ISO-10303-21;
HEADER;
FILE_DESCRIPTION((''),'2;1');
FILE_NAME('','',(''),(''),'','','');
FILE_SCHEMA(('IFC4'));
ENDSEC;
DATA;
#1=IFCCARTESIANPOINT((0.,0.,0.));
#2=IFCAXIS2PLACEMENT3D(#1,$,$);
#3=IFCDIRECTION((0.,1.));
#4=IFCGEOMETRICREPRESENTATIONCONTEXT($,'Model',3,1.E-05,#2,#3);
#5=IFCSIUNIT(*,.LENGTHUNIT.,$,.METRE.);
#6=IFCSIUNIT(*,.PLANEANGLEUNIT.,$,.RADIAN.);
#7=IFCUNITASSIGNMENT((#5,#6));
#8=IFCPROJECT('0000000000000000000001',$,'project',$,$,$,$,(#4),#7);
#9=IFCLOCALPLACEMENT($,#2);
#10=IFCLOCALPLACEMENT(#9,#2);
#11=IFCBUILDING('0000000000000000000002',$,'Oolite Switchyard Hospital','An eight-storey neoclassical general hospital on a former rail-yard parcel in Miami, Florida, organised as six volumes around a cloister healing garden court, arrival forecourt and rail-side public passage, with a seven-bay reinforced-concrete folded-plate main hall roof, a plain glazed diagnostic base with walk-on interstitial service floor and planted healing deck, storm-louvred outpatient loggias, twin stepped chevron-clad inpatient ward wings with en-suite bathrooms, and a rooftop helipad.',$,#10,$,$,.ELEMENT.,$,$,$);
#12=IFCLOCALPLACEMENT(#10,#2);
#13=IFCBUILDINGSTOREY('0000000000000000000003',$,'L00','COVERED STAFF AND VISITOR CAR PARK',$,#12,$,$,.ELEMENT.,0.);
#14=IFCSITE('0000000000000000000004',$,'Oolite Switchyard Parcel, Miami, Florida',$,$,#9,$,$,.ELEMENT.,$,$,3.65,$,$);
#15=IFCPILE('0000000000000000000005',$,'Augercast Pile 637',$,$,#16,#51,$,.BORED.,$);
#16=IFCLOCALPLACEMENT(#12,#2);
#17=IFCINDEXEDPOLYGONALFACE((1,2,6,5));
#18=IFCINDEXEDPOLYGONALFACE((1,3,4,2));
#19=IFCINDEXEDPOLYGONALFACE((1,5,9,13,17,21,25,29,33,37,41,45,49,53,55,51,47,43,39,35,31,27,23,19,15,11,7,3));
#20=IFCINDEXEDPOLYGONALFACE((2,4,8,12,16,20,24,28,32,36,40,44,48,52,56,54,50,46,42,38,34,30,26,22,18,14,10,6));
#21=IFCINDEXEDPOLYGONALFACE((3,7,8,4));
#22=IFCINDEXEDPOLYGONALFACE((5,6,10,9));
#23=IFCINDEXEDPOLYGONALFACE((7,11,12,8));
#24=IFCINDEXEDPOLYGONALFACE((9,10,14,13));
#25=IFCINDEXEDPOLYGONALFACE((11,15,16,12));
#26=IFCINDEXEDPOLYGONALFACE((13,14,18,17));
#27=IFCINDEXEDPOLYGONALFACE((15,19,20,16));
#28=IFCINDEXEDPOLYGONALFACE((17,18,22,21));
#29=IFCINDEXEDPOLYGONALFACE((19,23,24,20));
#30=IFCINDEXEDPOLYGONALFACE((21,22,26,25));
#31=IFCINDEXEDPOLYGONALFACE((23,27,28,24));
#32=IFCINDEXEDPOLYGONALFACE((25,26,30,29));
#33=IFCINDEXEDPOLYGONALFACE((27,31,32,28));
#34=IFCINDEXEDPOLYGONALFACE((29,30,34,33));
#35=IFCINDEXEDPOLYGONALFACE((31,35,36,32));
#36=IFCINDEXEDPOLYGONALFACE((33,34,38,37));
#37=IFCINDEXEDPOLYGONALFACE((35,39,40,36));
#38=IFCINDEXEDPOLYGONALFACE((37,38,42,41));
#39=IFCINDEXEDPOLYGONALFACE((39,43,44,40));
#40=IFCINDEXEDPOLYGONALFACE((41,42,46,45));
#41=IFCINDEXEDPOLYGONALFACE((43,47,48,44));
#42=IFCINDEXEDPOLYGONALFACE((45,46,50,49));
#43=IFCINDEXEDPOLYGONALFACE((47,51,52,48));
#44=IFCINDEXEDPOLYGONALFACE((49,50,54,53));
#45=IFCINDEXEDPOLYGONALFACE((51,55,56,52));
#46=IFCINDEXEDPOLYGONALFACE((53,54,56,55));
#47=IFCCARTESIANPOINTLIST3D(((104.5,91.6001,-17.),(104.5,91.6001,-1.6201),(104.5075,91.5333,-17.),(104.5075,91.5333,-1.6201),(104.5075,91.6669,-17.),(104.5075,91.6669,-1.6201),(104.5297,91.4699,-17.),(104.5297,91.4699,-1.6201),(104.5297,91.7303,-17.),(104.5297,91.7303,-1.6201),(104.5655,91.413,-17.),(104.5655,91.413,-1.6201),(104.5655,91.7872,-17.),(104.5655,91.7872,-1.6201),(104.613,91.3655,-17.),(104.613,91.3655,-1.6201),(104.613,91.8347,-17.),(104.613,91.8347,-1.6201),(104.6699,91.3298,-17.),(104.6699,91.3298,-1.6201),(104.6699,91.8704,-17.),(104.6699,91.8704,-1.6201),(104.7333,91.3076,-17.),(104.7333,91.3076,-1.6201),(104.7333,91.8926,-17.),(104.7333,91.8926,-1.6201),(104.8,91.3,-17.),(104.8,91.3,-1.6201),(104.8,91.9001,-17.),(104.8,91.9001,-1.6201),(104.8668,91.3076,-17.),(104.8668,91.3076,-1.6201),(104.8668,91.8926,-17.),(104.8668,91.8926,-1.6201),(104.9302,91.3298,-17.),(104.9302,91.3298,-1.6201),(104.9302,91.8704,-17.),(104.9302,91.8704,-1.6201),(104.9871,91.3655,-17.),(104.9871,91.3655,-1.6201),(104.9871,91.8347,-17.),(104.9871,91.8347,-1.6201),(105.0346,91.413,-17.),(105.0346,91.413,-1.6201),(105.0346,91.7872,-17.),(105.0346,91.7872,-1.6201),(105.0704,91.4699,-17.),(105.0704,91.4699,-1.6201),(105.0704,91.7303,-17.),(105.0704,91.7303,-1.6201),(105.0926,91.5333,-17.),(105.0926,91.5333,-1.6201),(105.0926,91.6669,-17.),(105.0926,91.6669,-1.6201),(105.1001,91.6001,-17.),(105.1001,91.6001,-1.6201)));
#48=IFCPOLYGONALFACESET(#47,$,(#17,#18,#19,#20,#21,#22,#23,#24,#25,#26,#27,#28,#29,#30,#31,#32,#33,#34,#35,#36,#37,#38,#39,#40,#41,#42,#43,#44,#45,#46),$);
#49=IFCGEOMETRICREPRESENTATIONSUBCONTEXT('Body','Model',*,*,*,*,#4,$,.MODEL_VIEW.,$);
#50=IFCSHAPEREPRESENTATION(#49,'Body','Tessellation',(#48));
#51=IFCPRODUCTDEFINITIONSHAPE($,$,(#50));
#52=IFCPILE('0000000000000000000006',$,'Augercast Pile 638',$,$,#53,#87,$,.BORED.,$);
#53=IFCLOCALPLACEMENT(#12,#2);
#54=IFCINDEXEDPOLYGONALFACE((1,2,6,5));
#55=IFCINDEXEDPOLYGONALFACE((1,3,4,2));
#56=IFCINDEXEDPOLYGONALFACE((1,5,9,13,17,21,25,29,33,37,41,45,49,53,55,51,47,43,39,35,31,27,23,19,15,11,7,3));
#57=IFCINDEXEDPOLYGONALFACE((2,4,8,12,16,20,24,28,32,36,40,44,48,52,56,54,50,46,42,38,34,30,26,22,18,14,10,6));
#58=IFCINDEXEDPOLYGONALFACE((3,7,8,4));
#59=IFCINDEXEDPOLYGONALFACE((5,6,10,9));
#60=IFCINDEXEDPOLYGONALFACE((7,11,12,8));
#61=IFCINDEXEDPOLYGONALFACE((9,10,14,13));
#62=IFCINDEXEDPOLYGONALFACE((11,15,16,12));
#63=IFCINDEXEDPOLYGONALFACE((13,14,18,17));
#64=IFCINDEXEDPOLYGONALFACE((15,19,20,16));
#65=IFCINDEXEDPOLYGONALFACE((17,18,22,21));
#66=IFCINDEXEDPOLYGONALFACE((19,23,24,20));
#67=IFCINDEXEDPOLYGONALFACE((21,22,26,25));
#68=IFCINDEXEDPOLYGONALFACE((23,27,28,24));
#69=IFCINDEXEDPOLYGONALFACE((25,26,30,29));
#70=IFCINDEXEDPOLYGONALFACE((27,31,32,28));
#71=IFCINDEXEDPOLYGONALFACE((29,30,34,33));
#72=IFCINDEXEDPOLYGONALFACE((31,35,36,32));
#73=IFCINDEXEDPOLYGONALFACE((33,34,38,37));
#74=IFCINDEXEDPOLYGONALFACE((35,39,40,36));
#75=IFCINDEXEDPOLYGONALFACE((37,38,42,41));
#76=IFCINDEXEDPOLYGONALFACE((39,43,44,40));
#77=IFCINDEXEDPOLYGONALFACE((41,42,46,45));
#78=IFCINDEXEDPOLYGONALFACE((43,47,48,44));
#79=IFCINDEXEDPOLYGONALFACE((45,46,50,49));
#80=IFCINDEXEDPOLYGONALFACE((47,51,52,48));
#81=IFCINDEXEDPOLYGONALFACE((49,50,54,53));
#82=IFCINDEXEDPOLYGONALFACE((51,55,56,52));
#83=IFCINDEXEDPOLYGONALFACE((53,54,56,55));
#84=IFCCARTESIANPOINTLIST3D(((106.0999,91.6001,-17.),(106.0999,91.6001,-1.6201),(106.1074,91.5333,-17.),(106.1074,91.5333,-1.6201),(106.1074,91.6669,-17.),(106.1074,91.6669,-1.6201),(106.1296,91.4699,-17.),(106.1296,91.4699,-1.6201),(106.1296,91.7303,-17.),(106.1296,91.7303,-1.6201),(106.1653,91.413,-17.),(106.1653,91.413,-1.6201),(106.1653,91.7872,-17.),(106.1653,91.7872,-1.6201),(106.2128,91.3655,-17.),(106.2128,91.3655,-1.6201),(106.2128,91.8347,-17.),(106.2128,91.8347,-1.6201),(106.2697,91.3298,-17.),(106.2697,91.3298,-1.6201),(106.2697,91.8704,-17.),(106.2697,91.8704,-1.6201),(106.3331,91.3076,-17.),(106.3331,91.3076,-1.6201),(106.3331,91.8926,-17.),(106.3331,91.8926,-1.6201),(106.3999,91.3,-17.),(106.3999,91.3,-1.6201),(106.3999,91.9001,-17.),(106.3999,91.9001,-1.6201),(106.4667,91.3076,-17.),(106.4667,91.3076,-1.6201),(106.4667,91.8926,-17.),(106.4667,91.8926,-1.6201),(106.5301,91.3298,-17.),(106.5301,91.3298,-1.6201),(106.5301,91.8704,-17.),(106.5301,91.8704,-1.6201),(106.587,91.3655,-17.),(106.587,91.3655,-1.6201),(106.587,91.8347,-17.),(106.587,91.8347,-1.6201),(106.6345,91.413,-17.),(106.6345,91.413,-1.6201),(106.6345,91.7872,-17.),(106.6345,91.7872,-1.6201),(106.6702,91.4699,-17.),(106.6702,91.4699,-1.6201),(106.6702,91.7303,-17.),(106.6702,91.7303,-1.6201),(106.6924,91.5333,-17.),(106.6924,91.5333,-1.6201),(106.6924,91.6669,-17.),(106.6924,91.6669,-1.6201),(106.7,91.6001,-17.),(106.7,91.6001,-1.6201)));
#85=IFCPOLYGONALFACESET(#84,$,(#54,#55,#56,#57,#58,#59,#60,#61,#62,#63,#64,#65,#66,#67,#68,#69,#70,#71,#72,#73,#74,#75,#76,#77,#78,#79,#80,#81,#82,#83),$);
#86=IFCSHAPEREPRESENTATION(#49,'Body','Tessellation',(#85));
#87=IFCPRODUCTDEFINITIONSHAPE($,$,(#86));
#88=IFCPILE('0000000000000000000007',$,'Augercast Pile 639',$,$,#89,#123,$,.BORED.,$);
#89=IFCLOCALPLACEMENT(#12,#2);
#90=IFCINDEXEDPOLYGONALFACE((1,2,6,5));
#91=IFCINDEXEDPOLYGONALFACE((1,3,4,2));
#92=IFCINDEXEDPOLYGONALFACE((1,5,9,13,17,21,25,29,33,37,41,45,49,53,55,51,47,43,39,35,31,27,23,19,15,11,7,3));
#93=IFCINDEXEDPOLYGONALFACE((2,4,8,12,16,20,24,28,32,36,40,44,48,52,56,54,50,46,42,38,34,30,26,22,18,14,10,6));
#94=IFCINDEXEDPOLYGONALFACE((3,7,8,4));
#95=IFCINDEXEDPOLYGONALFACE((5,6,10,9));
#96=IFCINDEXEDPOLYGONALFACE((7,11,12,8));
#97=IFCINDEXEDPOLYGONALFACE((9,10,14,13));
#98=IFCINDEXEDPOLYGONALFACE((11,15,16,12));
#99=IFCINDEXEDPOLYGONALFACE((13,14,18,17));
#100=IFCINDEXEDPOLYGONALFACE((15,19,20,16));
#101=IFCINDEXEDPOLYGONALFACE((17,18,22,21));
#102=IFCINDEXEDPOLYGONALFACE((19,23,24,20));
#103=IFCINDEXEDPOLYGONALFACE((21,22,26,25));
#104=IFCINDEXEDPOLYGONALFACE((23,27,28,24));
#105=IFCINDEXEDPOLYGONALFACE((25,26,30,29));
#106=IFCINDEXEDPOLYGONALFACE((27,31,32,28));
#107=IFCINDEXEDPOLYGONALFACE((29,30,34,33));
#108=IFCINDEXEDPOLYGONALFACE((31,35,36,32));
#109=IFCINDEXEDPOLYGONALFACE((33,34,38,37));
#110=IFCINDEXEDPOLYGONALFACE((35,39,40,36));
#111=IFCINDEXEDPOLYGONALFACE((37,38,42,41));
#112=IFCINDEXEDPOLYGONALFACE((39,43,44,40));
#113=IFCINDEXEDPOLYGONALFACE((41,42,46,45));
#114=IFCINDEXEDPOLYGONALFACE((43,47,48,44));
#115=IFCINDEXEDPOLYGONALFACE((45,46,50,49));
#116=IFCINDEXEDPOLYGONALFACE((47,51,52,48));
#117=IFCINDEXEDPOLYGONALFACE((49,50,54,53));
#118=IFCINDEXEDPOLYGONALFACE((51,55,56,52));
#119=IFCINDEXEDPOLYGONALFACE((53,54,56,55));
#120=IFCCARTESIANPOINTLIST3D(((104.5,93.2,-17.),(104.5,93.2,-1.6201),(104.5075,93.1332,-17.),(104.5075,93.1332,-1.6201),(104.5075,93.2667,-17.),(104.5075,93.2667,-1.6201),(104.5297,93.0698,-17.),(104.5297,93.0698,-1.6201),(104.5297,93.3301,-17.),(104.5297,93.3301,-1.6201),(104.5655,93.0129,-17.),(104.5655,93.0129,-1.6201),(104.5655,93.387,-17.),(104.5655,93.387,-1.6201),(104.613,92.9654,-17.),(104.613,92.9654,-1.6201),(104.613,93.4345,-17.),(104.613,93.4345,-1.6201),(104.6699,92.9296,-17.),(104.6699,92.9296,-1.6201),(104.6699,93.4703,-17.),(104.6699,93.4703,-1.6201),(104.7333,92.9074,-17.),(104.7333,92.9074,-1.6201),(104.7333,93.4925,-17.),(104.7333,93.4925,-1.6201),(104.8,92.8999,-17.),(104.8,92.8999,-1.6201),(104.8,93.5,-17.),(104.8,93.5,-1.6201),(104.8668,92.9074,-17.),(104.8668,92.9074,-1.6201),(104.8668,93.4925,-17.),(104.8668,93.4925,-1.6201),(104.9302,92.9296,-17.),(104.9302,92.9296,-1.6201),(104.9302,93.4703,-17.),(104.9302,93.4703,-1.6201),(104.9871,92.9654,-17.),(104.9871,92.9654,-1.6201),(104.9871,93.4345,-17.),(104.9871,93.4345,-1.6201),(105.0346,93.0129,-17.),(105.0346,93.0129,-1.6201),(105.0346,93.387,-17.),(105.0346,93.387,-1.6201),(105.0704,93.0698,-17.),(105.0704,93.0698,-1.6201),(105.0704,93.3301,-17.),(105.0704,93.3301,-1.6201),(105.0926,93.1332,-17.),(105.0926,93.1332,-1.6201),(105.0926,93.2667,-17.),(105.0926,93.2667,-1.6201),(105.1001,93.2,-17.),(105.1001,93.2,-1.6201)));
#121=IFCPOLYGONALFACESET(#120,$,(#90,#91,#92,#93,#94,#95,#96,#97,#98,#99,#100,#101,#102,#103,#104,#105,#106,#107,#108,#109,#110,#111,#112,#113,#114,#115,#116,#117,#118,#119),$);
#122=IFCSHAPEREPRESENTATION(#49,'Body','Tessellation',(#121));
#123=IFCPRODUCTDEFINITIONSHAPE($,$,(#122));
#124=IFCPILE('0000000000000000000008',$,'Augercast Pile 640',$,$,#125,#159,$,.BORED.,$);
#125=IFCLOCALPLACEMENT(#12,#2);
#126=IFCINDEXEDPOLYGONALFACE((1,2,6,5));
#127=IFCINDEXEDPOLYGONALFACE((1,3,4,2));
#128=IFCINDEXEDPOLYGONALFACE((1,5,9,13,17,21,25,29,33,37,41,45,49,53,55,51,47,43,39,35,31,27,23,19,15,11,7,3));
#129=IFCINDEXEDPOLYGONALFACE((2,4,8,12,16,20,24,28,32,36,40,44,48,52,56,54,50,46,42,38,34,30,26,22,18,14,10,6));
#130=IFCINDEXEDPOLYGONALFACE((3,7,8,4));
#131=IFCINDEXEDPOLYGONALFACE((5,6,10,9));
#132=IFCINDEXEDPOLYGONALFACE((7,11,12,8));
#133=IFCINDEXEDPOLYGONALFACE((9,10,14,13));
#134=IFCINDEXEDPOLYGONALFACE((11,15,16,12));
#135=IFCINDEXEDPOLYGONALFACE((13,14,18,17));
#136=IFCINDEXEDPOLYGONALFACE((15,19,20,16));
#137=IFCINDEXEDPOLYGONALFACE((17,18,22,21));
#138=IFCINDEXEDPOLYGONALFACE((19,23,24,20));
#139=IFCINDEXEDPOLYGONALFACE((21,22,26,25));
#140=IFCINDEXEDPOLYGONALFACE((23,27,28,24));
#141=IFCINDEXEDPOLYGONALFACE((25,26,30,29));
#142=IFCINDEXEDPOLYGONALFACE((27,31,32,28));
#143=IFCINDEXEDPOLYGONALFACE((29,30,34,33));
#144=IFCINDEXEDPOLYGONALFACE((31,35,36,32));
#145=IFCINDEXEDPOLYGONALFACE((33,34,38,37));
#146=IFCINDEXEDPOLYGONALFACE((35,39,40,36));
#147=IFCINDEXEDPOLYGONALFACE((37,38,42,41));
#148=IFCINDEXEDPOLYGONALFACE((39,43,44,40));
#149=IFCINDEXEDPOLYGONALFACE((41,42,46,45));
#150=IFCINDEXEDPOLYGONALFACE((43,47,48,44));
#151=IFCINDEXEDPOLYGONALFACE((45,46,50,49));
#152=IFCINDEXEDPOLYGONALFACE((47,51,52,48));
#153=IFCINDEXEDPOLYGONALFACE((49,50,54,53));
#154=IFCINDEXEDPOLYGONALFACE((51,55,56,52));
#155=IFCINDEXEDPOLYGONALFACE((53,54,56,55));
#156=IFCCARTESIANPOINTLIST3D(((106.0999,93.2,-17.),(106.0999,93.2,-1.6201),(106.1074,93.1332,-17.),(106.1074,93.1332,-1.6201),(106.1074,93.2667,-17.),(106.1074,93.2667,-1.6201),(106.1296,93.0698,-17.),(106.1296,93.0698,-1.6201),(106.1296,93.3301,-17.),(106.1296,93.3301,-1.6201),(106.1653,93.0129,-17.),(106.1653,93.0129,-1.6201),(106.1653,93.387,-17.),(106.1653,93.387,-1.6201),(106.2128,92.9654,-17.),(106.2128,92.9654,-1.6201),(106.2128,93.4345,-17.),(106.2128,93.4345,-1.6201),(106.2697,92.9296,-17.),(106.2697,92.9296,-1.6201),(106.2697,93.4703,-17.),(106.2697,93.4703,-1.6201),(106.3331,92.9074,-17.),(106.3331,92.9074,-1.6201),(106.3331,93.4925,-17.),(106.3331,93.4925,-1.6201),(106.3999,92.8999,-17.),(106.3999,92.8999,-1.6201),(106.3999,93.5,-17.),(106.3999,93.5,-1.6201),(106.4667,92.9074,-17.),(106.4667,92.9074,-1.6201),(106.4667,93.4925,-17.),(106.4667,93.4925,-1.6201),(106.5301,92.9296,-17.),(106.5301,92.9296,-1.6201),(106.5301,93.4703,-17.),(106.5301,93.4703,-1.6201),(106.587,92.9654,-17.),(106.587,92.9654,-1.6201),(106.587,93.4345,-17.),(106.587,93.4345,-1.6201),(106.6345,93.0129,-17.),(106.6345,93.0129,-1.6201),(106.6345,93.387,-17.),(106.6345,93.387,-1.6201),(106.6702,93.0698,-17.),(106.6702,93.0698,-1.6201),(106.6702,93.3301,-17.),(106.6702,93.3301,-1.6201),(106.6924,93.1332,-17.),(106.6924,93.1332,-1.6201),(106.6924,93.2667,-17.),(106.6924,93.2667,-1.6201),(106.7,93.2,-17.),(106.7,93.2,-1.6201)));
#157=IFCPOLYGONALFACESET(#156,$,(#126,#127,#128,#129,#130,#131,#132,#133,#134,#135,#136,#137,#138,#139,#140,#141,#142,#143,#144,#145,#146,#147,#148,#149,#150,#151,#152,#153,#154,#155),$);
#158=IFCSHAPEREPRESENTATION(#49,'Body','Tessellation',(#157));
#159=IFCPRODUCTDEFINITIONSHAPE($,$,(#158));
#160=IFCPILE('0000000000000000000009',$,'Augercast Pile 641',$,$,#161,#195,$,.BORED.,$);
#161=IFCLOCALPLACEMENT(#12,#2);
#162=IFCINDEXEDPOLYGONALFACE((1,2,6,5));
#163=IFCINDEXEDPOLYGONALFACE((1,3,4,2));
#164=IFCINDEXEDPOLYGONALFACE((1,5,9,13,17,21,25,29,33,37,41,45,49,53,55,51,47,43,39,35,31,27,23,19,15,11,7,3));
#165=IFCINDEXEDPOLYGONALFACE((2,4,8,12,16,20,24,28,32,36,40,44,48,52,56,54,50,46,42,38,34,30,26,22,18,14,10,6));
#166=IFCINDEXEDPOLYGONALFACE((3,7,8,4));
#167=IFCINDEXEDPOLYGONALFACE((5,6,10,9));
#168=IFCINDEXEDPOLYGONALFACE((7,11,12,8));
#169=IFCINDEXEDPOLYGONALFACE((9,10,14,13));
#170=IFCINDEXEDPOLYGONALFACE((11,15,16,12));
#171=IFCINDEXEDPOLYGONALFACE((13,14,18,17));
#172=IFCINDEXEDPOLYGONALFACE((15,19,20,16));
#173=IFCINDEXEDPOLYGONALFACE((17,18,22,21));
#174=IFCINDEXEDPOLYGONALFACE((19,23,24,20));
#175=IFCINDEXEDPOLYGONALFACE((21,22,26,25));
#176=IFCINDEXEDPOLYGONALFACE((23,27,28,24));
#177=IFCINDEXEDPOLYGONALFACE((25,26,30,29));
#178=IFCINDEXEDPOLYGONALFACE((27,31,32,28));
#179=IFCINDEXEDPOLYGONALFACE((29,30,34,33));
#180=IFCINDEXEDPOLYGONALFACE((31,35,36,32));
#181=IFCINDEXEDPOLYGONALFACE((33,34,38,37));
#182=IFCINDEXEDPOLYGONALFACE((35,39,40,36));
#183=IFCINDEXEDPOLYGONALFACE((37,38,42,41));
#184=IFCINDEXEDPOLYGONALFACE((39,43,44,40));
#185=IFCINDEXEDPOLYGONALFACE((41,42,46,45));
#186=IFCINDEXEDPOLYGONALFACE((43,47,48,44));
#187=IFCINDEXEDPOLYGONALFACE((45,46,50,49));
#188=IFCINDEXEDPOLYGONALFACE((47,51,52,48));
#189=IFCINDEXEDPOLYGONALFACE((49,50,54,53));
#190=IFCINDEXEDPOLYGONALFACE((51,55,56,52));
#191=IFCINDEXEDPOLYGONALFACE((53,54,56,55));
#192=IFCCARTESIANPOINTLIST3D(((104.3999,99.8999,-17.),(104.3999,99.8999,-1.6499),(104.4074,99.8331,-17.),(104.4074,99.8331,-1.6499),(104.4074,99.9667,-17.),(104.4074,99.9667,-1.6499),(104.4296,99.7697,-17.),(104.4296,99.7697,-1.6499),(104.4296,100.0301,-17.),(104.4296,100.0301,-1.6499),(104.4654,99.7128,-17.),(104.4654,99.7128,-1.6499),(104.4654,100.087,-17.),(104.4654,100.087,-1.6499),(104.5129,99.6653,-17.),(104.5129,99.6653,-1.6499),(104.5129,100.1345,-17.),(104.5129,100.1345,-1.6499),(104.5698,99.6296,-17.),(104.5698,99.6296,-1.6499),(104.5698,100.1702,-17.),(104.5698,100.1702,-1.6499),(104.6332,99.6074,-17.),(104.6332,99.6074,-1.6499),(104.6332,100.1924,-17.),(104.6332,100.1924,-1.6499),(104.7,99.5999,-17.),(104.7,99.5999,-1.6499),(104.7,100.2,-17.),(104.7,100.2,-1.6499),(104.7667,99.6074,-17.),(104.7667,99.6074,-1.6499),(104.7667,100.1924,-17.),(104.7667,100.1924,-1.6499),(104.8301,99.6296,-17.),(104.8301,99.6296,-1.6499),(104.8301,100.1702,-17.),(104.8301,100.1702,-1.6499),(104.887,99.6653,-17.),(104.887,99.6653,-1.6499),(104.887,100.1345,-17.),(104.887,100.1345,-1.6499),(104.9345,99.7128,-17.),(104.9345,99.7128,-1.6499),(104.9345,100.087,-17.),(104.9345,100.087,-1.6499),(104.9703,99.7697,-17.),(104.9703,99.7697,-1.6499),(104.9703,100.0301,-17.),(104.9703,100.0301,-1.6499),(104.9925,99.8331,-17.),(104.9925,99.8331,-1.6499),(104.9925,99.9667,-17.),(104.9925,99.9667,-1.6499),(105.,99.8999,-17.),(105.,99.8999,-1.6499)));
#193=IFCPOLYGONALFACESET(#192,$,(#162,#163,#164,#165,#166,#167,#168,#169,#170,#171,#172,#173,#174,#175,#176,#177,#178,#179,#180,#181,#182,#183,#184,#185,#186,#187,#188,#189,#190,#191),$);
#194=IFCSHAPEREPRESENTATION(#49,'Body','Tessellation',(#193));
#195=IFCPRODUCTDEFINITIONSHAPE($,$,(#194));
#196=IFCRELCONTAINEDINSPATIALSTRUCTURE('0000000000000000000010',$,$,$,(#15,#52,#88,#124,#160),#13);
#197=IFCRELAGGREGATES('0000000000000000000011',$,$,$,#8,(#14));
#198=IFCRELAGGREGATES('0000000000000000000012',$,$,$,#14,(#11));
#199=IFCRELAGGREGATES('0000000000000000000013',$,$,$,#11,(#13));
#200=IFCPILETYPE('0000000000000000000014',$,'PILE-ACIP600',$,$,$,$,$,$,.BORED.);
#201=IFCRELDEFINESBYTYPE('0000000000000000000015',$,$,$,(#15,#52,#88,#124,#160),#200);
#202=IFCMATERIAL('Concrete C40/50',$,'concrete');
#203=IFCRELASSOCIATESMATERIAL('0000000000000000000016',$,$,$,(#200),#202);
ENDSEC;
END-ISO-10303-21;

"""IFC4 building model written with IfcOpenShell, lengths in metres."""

from ifc_helpers import new_model, si_unit, direction, frame, origin, origin_2d, place, context, subcontext, project, spatial, circle, extrude, material, material_profile, profile_set, type_object, element, save


model = new_model("IFC4")

# Units and contexts
model_context = context("Model", 3, precision=1e-05, world=origin(), true_north=direction((0.0, 1.0)))
body_context = subcontext(model_context, "Body", "Model", "MODEL_VIEW")
ifc_project = project(units=[si_unit("LENGTHUNIT", "METRE"), si_unit("PLANEANGLEUNIT", "RADIAN")], contexts=[model_context])

# Site, building, storey
site_placement = place(None, origin())
site = spatial("IfcSite", under=ifc_project, at=site_placement, Name="Oolite Switchyard Parcel, Miami, Florida", CompositionType="ELEMENT", RefElevation=3.65)
building_placement = place(site_placement, origin())
building = spatial("IfcBuilding", under=site, at=building_placement, Name="Oolite Switchyard Hospital", Description="An eight-storey neoclassical general hospital on a former rail-yard parcel in Miami, Florida, organised as six volumes around a cloister healing garden court, arrival forecourt and rail-side public passage, with a seven-bay reinforced-concrete folded-plate main hall roof, a plain glazed diagnostic base with walk-on interstitial service floor and planted healing deck, storm-louvred outpatient loggias, twin stepped chevron-clad inpatient ward wings with en-suite bathrooms, and a rooftop helipad.", CompositionType="ELEMENT")
storey_placement = place(building_placement, origin())
storey = spatial("IfcBuildingStorey", under=building, at=storey_placement, Name="L00", Description="COVERED STAFF AND VISITOR CAR PARK", CompositionType="ELEMENT", Elevation=0.0)

# Shared definitions
ifc_material_1 = material(Name="Concrete C40/50", Category="concrete")

# Piles
ifc_material_profile_1 = material_profile(ifc_material_1, circle(Radius=0.3, at=origin_2d()), Name="PILE600")
ifc_profile_set_1 = profile_set([ifc_material_profile_1], Name="Concrete C40/50")
pile_type = type_object("IfcPileType", Name="PILE-ACIP600", PredefinedType="BORED", material=ifc_profile_set_1)
for number, where, z_axis, x_axis, name in (
    (1, (104.8, 91.6001, -1.6201), (0.0, 0.0, -1.0), (1.0, 0.0, 0.0), "Augercast Pile 637"),
    (2, (106.3999, 91.6001, -1.6201), (0.0, 0.0, -1.0), (1.0, 0.0, 0.0), "Augercast Pile 638"),
    (3, (104.8, 93.2, -1.6201), (0.0, 0.0, -1.0), (1.0, 0.0, 0.0), "Augercast Pile 639"),
    (4, (106.3999, 93.2, -1.6201), (0.0, 0.0, -1.0), (1.0, 0.0, 0.0), "Augercast Pile 640"),
):
    element("IfcPile", number, at=place(storey_placement, frame(where, z_axis=z_axis, x_axis=x_axis)), inside=storey, type_object=pile_type, Name=name, PredefinedType="BORED", context=body_context, shape_type="SweptSolid", body=[
        extrude(circle(Radius=0.3, at=origin_2d()), origin(), (0.0, 0.0, 1.0), 15.3799),
    ])
for number, where, z_axis, x_axis, name in (
    (5, (104.7, 99.8999, -1.6499), (0.0, 0.0, -1.0), (1.0, 0.0, 0.0), "Augercast Pile 641"),
):
    element("IfcPile", number, at=place(storey_placement, frame(where, z_axis=z_axis, x_axis=x_axis)), inside=storey, type_object=pile_type, Name=name, PredefinedType="BORED", context=body_context, shape_type="SweptSolid", body=[
        extrude(circle(Radius=0.3, at=origin_2d()), origin(), (0.0, 0.0, 1.0), 15.3501),
    ])

save(model, "model.ifc")
